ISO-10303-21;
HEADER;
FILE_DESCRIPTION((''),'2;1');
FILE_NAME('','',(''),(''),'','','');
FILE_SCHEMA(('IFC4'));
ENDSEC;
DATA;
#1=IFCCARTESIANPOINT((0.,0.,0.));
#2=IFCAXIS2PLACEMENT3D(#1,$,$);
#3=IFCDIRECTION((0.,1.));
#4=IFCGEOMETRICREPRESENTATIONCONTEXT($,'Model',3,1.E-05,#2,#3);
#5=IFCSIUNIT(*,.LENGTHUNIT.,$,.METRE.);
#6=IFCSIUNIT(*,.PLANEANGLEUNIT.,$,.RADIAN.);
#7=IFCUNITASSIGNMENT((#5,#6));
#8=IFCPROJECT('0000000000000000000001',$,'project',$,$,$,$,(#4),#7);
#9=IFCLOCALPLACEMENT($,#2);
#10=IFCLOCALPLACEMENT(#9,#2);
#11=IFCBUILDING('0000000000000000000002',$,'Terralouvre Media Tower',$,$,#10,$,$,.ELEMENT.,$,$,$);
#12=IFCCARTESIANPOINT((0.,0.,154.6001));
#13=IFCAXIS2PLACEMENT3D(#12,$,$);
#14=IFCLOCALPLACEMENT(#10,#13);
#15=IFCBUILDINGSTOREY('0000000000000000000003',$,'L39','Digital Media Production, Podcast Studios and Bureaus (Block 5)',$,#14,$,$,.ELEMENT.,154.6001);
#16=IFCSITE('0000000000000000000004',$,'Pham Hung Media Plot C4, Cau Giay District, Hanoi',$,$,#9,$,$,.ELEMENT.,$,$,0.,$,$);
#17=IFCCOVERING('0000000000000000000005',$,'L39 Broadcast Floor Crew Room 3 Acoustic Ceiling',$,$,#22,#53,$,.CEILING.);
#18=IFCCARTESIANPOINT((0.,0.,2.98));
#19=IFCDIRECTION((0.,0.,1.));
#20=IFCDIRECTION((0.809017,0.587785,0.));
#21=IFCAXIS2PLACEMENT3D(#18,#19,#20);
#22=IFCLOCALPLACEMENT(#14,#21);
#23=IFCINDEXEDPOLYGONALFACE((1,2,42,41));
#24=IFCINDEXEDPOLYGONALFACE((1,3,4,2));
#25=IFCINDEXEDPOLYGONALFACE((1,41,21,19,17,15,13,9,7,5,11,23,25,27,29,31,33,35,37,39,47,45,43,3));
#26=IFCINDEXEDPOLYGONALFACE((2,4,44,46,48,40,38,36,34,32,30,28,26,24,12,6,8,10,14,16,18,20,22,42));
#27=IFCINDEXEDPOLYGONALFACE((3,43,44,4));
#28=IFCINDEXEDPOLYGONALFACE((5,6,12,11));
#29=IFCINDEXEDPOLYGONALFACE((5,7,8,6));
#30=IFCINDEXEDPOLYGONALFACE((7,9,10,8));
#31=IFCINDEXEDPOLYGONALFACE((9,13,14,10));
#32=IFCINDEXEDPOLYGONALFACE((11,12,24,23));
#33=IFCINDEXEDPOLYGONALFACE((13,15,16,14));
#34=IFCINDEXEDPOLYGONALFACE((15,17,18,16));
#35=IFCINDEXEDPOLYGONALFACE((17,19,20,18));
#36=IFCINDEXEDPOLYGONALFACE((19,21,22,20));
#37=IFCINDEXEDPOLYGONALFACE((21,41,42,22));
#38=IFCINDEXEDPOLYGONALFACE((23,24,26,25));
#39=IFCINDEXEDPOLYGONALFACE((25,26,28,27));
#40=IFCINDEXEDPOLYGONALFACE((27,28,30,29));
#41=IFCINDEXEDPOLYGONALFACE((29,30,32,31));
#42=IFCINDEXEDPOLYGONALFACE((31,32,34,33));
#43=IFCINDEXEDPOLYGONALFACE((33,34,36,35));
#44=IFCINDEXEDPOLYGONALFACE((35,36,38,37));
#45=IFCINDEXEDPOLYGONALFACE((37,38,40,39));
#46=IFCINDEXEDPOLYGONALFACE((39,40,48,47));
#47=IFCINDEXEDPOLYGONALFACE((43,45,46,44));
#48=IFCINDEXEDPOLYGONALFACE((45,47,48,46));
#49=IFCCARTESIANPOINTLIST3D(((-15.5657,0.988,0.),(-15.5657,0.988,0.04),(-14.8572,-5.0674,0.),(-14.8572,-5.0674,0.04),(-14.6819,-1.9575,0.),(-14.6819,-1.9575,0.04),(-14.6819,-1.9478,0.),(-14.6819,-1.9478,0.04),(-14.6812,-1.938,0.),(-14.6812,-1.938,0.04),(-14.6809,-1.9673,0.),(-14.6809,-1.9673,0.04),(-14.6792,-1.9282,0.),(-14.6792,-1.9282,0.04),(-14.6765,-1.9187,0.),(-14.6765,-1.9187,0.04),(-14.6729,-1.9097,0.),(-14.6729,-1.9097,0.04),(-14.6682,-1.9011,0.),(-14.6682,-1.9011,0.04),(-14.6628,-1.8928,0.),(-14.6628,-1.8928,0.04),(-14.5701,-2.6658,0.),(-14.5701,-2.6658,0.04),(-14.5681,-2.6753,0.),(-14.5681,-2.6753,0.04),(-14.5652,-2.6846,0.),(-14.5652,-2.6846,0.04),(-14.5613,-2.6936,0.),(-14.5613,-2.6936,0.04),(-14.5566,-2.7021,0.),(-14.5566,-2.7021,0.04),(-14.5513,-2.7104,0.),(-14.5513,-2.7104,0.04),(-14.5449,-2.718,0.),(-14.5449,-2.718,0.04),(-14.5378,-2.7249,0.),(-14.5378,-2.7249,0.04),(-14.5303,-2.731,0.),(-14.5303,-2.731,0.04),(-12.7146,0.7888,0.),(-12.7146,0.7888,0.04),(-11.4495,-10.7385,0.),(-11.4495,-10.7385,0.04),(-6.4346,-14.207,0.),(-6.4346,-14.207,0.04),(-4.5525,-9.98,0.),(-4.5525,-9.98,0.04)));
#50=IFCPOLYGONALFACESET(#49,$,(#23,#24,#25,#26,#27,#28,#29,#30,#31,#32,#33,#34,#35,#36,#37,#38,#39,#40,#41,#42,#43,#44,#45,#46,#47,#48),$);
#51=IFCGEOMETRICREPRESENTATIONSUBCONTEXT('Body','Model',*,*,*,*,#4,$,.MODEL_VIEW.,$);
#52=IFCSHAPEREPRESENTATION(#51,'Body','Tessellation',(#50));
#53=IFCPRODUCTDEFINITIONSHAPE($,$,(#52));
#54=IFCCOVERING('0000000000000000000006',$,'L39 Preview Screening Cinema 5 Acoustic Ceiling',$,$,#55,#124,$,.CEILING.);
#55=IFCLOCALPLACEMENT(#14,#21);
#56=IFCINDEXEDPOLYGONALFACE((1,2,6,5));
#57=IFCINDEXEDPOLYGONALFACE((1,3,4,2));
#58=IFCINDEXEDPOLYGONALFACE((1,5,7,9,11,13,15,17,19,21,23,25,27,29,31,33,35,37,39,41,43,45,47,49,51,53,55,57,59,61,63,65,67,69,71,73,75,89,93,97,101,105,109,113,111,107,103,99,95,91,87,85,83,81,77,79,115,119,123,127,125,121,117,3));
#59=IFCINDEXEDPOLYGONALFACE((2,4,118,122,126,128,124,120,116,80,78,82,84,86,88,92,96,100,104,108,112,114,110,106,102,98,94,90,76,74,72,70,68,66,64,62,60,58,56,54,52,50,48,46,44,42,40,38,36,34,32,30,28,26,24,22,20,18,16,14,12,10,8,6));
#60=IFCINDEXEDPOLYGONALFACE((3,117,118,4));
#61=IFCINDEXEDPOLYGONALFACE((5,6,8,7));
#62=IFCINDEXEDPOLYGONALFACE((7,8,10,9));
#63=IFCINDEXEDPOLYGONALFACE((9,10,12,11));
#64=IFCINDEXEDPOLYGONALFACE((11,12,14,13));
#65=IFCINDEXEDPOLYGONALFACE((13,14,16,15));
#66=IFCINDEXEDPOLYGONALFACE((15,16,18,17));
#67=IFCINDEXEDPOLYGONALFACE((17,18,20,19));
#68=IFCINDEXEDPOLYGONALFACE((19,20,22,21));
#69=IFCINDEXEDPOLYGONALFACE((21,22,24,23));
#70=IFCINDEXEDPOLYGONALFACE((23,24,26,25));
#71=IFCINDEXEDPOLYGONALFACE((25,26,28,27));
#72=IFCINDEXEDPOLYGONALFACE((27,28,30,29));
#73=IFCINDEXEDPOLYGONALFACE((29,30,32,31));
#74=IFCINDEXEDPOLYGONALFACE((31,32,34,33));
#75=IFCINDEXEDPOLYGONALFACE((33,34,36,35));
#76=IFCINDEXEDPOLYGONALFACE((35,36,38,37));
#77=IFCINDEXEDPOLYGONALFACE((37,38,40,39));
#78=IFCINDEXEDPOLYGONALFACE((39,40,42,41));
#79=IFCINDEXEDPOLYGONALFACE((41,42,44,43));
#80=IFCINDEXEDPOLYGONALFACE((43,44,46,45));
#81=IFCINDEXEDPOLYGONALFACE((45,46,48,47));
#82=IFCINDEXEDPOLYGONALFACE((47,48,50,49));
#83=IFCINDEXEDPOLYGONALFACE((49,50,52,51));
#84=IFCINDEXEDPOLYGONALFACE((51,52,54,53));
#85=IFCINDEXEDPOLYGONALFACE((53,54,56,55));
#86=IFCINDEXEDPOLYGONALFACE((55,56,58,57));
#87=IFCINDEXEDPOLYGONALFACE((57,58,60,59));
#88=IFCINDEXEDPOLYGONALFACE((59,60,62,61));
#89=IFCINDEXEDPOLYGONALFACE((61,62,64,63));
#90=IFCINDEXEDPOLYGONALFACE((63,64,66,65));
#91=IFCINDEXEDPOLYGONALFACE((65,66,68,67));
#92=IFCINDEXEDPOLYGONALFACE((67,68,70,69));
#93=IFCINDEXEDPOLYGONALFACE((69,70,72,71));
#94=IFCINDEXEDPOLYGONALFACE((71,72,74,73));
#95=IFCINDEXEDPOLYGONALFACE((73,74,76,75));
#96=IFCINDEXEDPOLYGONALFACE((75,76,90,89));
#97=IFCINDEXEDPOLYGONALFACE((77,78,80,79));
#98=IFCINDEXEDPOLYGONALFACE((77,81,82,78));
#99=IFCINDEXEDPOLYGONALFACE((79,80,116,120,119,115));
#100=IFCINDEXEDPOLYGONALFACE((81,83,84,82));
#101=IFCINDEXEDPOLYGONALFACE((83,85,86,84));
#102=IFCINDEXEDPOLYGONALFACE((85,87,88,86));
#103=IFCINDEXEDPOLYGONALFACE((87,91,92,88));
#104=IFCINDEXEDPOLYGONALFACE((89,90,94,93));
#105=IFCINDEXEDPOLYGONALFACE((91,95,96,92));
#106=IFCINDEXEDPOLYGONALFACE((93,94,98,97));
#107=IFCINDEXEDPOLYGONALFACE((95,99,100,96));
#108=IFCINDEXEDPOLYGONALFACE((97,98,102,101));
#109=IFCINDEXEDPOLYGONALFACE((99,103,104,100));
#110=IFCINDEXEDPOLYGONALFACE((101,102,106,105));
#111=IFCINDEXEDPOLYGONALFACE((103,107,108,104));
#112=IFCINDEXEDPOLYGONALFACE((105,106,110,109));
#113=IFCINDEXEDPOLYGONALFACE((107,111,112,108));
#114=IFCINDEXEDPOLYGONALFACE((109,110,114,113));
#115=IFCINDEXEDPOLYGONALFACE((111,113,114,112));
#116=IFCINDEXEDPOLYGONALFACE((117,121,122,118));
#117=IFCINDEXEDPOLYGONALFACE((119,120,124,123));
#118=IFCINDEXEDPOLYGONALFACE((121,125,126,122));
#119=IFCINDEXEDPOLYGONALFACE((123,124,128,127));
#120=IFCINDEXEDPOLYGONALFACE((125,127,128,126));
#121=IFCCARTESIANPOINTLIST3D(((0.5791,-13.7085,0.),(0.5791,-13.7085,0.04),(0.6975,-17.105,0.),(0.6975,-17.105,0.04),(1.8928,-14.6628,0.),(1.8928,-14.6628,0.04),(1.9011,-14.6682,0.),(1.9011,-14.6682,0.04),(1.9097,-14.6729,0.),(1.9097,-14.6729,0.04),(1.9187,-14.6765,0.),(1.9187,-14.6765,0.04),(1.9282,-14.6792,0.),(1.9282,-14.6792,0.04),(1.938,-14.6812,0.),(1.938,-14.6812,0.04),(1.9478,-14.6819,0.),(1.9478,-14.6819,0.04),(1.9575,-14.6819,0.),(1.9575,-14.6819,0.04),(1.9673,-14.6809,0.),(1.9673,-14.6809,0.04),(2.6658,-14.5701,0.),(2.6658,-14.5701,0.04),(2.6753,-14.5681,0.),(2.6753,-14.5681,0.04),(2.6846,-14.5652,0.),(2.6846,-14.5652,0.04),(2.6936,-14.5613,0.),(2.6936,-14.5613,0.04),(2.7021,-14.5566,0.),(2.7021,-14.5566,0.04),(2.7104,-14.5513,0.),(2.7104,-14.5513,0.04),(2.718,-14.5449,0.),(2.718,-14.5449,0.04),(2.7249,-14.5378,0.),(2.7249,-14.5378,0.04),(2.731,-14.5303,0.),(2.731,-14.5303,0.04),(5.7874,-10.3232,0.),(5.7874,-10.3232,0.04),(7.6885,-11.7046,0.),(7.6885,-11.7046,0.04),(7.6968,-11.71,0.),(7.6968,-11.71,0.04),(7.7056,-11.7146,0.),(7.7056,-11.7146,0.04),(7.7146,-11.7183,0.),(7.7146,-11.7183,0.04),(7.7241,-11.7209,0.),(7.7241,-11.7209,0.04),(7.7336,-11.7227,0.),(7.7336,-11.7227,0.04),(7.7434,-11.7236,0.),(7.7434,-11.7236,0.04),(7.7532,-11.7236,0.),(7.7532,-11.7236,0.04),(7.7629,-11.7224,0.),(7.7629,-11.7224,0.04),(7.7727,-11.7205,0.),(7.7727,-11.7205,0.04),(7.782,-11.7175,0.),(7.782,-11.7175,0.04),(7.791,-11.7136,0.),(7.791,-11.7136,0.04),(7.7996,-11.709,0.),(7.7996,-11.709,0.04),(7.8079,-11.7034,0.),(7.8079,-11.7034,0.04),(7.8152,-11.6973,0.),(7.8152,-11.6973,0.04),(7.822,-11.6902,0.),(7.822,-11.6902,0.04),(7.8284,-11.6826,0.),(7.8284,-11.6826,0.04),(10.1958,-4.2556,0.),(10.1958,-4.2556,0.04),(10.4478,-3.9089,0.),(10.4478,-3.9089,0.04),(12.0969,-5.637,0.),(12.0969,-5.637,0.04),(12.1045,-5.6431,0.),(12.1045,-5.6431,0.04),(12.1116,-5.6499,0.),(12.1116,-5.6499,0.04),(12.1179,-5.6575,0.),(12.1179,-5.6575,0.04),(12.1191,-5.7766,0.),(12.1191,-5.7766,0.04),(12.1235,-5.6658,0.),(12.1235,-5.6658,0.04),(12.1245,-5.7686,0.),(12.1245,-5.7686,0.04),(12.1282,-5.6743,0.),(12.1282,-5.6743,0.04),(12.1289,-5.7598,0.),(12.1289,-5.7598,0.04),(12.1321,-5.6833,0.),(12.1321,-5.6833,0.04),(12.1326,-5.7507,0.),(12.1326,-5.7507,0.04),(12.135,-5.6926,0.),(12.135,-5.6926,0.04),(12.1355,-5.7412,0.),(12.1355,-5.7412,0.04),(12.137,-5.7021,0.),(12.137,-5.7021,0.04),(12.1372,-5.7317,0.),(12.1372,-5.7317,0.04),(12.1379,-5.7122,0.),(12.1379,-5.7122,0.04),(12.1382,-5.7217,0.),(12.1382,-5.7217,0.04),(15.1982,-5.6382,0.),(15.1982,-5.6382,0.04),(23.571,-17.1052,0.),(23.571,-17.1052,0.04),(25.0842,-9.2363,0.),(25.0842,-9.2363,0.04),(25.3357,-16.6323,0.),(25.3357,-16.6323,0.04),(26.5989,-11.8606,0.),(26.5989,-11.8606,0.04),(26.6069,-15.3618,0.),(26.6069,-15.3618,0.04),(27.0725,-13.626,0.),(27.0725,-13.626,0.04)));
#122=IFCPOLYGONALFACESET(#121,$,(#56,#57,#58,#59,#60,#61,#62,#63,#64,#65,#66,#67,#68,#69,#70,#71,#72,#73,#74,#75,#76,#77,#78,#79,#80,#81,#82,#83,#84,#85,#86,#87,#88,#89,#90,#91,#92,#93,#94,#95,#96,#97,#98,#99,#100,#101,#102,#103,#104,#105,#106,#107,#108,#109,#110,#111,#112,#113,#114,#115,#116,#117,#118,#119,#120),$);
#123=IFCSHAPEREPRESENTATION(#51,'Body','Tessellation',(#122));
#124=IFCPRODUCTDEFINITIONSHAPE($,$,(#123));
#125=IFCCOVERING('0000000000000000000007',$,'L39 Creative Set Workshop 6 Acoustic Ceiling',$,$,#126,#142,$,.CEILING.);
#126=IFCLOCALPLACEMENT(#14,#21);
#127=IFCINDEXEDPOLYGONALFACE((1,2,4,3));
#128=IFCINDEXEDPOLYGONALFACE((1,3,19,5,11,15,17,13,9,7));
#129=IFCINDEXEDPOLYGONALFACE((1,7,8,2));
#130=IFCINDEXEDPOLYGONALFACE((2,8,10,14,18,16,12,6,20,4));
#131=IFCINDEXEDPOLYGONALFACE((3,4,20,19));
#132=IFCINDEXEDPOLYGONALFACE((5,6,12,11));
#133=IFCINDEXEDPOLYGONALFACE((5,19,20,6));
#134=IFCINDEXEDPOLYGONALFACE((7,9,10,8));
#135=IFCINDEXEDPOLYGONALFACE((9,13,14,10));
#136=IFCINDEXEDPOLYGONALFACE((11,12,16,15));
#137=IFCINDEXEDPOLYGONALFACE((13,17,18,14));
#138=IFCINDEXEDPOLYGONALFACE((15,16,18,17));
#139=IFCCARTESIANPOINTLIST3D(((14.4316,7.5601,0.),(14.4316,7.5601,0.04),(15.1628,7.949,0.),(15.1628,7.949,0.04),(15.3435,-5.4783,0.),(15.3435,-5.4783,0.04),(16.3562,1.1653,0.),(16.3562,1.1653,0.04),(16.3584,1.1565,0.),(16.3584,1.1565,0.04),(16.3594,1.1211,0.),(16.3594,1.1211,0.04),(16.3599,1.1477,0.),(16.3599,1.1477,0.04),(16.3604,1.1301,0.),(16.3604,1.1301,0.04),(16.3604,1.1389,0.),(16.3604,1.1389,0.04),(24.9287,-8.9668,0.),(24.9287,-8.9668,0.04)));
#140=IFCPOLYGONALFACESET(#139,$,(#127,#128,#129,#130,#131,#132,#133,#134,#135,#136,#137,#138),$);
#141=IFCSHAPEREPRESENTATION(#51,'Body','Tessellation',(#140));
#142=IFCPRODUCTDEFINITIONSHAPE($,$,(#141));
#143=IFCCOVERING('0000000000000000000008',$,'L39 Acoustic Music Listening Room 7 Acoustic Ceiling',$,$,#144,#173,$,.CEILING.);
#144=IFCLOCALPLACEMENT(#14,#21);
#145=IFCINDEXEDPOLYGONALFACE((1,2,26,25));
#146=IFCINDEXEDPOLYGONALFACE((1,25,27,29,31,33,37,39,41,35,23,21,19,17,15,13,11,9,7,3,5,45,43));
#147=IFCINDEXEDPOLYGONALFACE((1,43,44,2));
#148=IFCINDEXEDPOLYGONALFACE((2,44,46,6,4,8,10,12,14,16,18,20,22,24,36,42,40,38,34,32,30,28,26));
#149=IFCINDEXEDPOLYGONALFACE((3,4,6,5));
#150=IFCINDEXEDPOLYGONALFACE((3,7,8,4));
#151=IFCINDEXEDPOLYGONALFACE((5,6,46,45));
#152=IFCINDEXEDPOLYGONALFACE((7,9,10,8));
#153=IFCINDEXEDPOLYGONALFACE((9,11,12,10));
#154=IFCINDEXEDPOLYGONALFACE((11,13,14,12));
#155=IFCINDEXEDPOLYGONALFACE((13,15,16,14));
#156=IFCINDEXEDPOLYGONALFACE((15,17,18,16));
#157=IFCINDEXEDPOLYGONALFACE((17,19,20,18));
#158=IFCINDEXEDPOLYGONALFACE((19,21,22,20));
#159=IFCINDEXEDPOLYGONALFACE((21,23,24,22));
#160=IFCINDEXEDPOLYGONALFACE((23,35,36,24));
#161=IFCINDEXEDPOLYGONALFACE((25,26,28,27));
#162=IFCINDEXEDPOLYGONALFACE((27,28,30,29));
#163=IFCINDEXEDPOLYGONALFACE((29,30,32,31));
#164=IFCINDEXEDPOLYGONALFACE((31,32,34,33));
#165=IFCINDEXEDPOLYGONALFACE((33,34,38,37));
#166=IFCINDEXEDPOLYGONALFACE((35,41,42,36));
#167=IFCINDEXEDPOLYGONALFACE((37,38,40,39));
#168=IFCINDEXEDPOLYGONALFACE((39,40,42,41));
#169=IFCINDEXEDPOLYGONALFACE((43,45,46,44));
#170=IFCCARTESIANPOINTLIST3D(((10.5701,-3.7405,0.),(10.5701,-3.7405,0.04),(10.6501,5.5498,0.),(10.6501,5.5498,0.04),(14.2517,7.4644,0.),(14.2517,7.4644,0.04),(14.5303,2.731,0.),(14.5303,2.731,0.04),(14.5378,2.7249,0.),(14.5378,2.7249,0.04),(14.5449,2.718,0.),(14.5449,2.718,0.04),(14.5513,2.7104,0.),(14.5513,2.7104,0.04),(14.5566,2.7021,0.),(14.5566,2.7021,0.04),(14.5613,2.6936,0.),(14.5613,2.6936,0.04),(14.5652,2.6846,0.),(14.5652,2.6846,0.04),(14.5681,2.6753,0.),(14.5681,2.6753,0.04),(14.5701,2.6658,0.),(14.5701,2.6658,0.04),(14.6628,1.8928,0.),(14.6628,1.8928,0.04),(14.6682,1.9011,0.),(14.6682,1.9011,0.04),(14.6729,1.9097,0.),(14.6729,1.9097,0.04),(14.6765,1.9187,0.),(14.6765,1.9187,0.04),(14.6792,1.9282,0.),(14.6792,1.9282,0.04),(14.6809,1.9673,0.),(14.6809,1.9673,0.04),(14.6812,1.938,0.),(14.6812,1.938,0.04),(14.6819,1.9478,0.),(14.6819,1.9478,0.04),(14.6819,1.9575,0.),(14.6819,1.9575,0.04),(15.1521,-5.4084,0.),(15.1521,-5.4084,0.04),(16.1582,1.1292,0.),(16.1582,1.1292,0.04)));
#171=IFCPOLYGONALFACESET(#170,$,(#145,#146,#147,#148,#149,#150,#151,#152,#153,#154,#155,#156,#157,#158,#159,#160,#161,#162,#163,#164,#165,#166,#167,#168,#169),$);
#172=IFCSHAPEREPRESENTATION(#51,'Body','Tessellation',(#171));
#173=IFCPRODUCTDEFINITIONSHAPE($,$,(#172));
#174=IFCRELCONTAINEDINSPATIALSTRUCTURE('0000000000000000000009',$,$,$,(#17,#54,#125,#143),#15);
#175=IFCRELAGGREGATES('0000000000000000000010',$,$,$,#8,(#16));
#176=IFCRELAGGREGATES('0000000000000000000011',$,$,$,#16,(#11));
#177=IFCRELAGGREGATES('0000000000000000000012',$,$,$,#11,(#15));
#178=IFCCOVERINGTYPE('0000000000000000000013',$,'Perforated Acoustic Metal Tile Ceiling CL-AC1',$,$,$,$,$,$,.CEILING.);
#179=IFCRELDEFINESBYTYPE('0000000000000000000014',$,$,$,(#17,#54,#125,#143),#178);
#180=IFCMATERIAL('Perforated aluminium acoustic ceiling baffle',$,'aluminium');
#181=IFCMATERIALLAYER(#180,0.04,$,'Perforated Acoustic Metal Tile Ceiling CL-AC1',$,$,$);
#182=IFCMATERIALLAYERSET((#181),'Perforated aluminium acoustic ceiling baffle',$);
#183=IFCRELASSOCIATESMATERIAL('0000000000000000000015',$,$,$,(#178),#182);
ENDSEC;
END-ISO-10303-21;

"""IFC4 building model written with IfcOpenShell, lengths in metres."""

from ifc_helpers import new_model, si_unit, direction, frame, origin, place, context, subcontext, project, spatial, polyline, outline, extrude, material, layer, layer_set, type_object, element, save


model = new_model("IFC4")

# Units and contexts
model_context = context("Model", 3, precision=1e-05, world=origin(), true_north=direction((0.0, 1.0)))
body_context = subcontext(model_context, "Body", "Model", "MODEL_VIEW")
ifc_project = project(units=[si_unit("LENGTHUNIT", "METRE"), si_unit("PLANEANGLEUNIT", "RADIAN")], contexts=[model_context])

# Site, building, storey
site_placement = place(None, origin())
site = spatial("IfcSite", under=ifc_project, at=site_placement, Name="Pham Hung Media Plot C4, Cau Giay District, Hanoi", CompositionType="ELEMENT", RefElevation=0.0)
building_placement = place(site_placement, origin())
building = spatial("IfcBuilding", under=site, at=building_placement, Name="Terralouvre Media Tower", CompositionType="ELEMENT")
storey_placement = place(building_placement, frame((0.0, 0.0, 154.6001)))
storey = spatial("IfcBuildingStorey", under=building, at=storey_placement, Name="L39", Description="Digital Media Production, Podcast Studios and Bureaus (Block 5)", CompositionType="ELEMENT", Elevation=154.6001)

# Coverings
ifc_material_1 = material(Name="Perforated aluminium acoustic ceiling baffle", Category="aluminium")
ifc_layer_1 = layer(ifc_material_1, 0.04, Name="Perforated Acoustic Metal Tile Ceiling CL-AC1")
ifc_layer_set_1 = layer_set([ifc_layer_1], Name="Perforated aluminium acoustic ceiling baffle")
covering_type_1 = type_object("IfcCoveringType", Name="Perforated Acoustic Metal Tile Ceiling CL-AC1", PredefinedType="CEILING", material=ifc_layer_set_1)
covering_1_placement = place(storey_placement, frame((0.0, 0.0, 2.98), z_axis=(0.0, 0.0, 1.0), x_axis=(0.809017, 0.587785, 0.0)))
element("IfcCovering", 1, at=covering_1_placement, inside=storey, type_object=covering_type_1, Name="L39 Broadcast Floor Crew Room 3 Acoustic Ceiling", PredefinedType="CEILING", context=body_context, shape_type="SweptSolid", body=[
    extrude(outline(polyline([(-14.8572, -5.0674), (-11.4495, -10.7385), (-6.4346, -14.207), (-4.5525, -9.98), (-14.5303, -2.731), (-14.5378, -2.7249), (-14.5449, -2.718), (-14.5513, -2.7104), (-14.5566, -2.7021), (-14.5613, -2.6936), (-14.5652, -2.6846), (-14.5681, -2.6753), (-14.5701, -2.6658), (-14.6809, -1.9673), (-14.6819, -1.9575), (-14.6819, -1.9478), (-14.6812, -1.938), (-14.6792, -1.9282), (-14.6765, -1.9187), (-14.6729, -1.9097), (-14.6682, -1.9011), (-14.6628, -1.8928), (-12.7146, 0.7888), (-15.5657, 0.988), (-14.8572, -5.0674)])), origin(), (0.0, 0.0, 1.0), 0.04),
])
covering_2_placement = place(storey_placement, frame((0.0, 0.0, 2.98), z_axis=(0.0, 0.0, 1.0), x_axis=(0.809017, 0.587785, 0.0)))
element("IfcCovering", 2, at=covering_2_placement, inside=storey, type_object=covering_type_1, Name="L39 Preview Screening Cinema 5 Acoustic Ceiling", PredefinedType="CEILING", context=body_context, shape_type="SweptSolid", body=[
    extrude(outline(polyline([(10.4478, -3.9089), (10.1958, -4.2556), (12.0969, -5.637), (12.1045, -5.6431), (12.1116, -5.6499), (12.1179, -5.6575), (12.1235, -5.6658), (12.1282, -5.6743), (12.1321, -5.6833), (12.135, -5.6926), (12.137, -5.7021), (12.1379, -5.7122), (12.1382, -5.7217), (12.1372, -5.7317), (12.1355, -5.7412), (12.1326, -5.7507), (12.1289, -5.7598), (12.1245, -5.7686), (12.1191, -5.7766), (7.8284, -11.6826), (7.822, -11.6902), (7.8152, -11.6973), (7.8079, -11.7034), (7.7996, -11.709), (7.791, -11.7136), (7.782, -11.7175), (7.7727, -11.7205), (7.7629, -11.7224), (7.7532, -11.7236), (7.7434, -11.7236), (7.7336, -11.7227), (7.7241, -11.7209), (7.7146, -11.7183), (7.7056, -11.7146), (7.6968, -11.71), (7.6885, -11.7046), (5.7874, -10.3232), (2.731, -14.5303), (2.7249, -14.5378), (2.718, -14.5449), (2.7104, -14.5513), (2.7021, -14.5566), (2.6936, -14.5613), (2.6846, -14.5652), (2.6753, -14.5681), (2.6658, -14.5701), (1.9673, -14.6809), (1.9575, -14.6819), (1.9478, -14.6819), (1.938, -14.6812), (1.9282, -14.6792), (1.9187, -14.6765), (1.9097, -14.6729), (1.9011, -14.6682), (1.8928, -14.6628), (0.5791, -13.7085), (0.6975, -17.105), (23.571, -17.1052), (25.3357, -16.6323), (26.6069, -15.3618), (27.0725, -13.626), (26.5989, -11.8606), (25.0842, -9.2363), (15.1982, -5.6382), (10.4478, -3.9089)])), origin(), (0.0, 0.0, 1.0), 0.04),
])
covering_3_placement = place(storey_placement, frame((0.0, 0.0, 2.98), z_axis=(0.0, 0.0, 1.0), x_axis=(0.809017, 0.587785, 0.0)))
element("IfcCovering", 3, at=covering_3_placement, inside=storey, type_object=covering_type_1, Name="L39 Creative Set Workshop 6 Acoustic Ceiling", PredefinedType="CEILING", context=body_context, shape_type="SweptSolid", body=[
    extrude(outline(polyline([(16.3562, 1.1653), (16.3584, 1.1565), (16.3599, 1.1477), (16.3604, 1.1389), (16.3604, 1.1301), (16.3594, 1.1211), (15.3435, -5.4783), (24.9287, -8.9668), (15.1628, 7.949), (14.4316, 7.5601), (16.3562, 1.1653)])), origin(), (0.0, 0.0, 1.0), 0.04),
])
covering_4_placement = place(storey_placement, frame((0.0, 0.0, 2.98), z_axis=(0.0, 0.0, 1.0), x_axis=(0.809017, 0.587785, 0.0)))
element("IfcCovering", 4, at=covering_4_placement, inside=storey, type_object=covering_type_1, Name="L39 Acoustic Music Listening Room 7 Acoustic Ceiling", PredefinedType="CEILING", context=body_context, shape_type="SweptSolid", body=[
    extrude(outline(polyline([(16.1582, 1.1292), (14.2517, 7.4644), (10.6501, 5.5498), (14.5303, 2.731), (14.5378, 2.7249), (14.5449, 2.718), (14.5513, 2.7104), (14.5566, 2.7021), (14.5613, 2.6936), (14.5652, 2.6846), (14.5681, 2.6753), (14.5701, 2.6658), (14.6809, 1.9673), (14.6819, 1.9575), (14.6819, 1.9478), (14.6812, 1.938), (14.6792, 1.9282), (14.6765, 1.9187), (14.6729, 1.9097), (14.6682, 1.9011), (14.6628, 1.8928), (10.5701, -3.7405), (15.1521, -5.4084), (16.1582, 1.1292)])), origin(), (0.0, 0.0, 1.0), 0.04),
])

save(model, "model.ifc")
